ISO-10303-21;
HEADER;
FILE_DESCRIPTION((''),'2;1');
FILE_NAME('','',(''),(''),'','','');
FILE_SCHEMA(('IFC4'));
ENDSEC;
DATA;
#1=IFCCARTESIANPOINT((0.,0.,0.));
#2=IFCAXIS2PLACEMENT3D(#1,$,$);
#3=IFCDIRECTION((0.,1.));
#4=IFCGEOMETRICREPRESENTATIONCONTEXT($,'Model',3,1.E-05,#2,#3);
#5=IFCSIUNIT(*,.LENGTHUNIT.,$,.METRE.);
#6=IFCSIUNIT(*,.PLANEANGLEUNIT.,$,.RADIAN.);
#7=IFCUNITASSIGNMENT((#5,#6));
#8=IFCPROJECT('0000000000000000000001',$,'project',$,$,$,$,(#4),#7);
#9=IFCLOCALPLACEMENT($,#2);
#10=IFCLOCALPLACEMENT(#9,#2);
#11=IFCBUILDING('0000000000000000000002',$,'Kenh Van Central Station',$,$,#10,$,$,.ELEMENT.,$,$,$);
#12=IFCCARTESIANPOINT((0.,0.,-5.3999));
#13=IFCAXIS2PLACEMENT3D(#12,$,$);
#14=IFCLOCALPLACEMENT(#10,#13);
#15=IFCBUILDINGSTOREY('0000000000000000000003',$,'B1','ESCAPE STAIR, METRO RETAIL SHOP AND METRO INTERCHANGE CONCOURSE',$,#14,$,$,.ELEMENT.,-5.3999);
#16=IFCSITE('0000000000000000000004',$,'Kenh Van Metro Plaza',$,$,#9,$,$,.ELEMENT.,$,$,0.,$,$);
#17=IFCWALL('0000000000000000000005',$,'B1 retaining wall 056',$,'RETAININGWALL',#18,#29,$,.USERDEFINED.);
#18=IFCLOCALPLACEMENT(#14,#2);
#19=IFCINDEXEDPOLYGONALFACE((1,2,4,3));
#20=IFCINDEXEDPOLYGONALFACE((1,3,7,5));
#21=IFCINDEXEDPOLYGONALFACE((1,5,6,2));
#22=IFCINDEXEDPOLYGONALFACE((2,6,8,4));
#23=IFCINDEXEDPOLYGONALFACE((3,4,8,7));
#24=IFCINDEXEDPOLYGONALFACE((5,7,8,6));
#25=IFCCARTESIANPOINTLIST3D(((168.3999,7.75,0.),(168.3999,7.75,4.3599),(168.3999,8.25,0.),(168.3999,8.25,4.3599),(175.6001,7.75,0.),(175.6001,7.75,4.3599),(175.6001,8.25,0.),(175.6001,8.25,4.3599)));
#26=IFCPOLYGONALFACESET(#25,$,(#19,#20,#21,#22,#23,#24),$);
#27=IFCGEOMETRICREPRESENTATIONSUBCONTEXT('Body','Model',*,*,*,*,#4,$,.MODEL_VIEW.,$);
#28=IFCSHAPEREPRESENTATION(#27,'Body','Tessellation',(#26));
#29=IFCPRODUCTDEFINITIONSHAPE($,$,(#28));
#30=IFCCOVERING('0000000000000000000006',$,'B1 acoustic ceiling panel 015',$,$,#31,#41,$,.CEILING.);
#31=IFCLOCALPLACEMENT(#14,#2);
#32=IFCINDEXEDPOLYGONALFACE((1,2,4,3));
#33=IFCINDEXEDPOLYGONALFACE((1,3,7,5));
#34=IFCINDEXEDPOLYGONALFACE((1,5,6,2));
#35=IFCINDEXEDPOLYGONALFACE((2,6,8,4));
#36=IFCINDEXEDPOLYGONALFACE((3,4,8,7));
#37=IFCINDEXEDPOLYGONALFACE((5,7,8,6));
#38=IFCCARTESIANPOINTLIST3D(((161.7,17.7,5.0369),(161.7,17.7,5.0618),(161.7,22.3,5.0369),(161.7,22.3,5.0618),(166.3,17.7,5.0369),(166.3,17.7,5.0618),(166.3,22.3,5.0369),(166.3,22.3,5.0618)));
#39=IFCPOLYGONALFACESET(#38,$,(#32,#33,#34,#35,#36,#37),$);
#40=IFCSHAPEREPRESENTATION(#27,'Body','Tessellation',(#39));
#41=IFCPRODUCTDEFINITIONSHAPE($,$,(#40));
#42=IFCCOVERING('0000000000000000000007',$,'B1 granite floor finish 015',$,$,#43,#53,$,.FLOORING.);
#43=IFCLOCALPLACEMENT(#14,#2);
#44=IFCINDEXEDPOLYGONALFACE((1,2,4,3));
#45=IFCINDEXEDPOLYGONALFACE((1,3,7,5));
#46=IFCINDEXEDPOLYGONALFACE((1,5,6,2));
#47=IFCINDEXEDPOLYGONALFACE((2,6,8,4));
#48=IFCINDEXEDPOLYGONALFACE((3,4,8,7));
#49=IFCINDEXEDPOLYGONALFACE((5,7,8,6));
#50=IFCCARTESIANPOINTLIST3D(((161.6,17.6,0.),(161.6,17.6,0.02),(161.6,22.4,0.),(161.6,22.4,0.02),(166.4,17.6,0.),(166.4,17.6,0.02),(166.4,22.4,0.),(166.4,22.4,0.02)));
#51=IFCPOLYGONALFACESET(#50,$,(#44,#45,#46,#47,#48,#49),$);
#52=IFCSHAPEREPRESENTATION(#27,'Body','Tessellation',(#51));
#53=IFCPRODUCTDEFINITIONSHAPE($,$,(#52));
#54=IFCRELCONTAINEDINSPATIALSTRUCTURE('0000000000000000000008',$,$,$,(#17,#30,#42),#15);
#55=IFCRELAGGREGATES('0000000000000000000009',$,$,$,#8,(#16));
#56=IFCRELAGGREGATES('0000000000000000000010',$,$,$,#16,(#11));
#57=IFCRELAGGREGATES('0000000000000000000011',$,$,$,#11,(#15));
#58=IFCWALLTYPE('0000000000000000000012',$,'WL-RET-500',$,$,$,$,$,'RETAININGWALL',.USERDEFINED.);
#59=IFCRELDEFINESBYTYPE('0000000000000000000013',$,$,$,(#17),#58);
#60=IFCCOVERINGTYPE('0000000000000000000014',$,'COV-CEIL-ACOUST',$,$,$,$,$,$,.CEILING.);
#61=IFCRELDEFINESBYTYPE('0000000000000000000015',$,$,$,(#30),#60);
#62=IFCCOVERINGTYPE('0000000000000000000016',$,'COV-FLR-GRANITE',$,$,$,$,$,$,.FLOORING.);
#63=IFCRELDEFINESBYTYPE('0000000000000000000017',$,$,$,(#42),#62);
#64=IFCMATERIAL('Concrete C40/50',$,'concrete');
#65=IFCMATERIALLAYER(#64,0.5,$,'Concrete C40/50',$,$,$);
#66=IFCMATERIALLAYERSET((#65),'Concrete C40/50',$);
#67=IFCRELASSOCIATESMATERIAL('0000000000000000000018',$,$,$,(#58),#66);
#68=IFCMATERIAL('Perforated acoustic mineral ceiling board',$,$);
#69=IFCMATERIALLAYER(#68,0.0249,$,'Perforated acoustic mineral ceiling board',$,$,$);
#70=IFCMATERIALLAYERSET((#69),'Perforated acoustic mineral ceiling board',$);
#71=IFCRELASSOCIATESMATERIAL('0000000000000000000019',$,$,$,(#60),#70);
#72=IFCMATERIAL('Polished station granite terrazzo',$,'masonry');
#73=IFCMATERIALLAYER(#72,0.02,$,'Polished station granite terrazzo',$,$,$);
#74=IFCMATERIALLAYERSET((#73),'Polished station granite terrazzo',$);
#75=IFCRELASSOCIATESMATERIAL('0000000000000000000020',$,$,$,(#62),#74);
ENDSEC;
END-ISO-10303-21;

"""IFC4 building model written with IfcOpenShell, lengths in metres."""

from ifc_helpers import new_model, si_unit, direction, frame, frame_2d, origin, origin_2d, place, context, subcontext, project, spatial, rectangle, extrude, material, layer, layer_set, type_object, element, save


model = new_model("IFC4")

# Units and contexts
model_context = context("Model", 3, precision=1e-05, world=origin(), true_north=direction((0.0, 1.0)))
body_context = subcontext(model_context, "Body", "Model", "MODEL_VIEW")
ifc_project = project(units=[si_unit("LENGTHUNIT", "METRE"), si_unit("PLANEANGLEUNIT", "RADIAN")], contexts=[model_context])

# Site, building, storey
site_placement = place(None, origin())
site = spatial("IfcSite", under=ifc_project, at=site_placement, Name="Kenh Van Metro Plaza", CompositionType="ELEMENT", RefElevation=0.0)
building_placement = place(site_placement, origin())
building = spatial("IfcBuilding", under=site, at=building_placement, Name="Kenh Van Central Station", CompositionType="ELEMENT")
storey_placement = place(building_placement, frame((0.0, 0.0, -5.3999)))
storey = spatial("IfcBuildingStorey", under=building, at=storey_placement, Name="B1", Description="ESCAPE STAIR, METRO RETAIL SHOP AND METRO INTERCHANGE CONCOURSE", CompositionType="ELEMENT", Elevation=-5.3999)

# Shared definitions
ifc_material_1 = material(Name="Concrete C40/50", Category="concrete")

# Wall
ifc_layer_1 = layer(ifc_material_1, 0.5, Name="Concrete C40/50")
ifc_layer_set_1 = layer_set([ifc_layer_1], Name="Concrete C40/50")
wall_type_1 = type_object("IfcWallType", Name="WL-RET-500", ElementType="RETAININGWALL", PredefinedType="USERDEFINED", material=ifc_layer_set_1)
wall_1_placement = place(storey_placement, frame((168.3999, 8.0, 0.0), z_axis=(0.0, 0.0, 1.0), x_axis=(1.0, 0.0, 0.0)))
element("IfcWall", 1, at=wall_1_placement, inside=storey, type_object=wall_type_1, Name="B1 retaining wall 056", ObjectType="RETAININGWALL", PredefinedType="USERDEFINED", context=body_context, shape_type="SweptSolid", body=[
    extrude(rectangle(XDim=7.2002, YDim=0.5, at=frame_2d((3.6001, 0.0))), origin(), (0.0, 0.0, 1.0), 4.3599),
])

# Coverings
ifc_material_2 = material(Name="Perforated acoustic mineral ceiling board")
ifc_layer_2 = layer(ifc_material_2, 0.0249, Name="Perforated acoustic mineral ceiling board")
ifc_layer_set_2 = layer_set([ifc_layer_2], Name="Perforated acoustic mineral ceiling board")
covering_type_1 = type_object("IfcCoveringType", Name="COV-CEIL-ACOUST", PredefinedType="CEILING", material=ifc_layer_set_2)
covering_1_placement = place(storey_placement, frame((164.0, 20.0, 5.0369), z_axis=(0.0, 0.0, 1.0), x_axis=(1.0, 0.0, 0.0)))
element("IfcCovering", 2, at=covering_1_placement, inside=storey, type_object=covering_type_1, Name="B1 acoustic ceiling panel 015", PredefinedType="CEILING", context=body_context, shape_type="SweptSolid", body=[
    extrude(rectangle(XDim=4.6001, YDim=4.6001, at=origin_2d()), origin(), (0.0, 0.0, 1.0), 0.0249),
])
ifc_material_3 = material(Name="Polished station granite terrazzo", Category="masonry")
ifc_layer_3 = layer(ifc_material_3, 0.02, Name="Polished station granite terrazzo")
ifc_layer_set_3 = layer_set([ifc_layer_3], Name="Polished station granite terrazzo")
covering_type_2 = type_object("IfcCoveringType", Name="COV-FLR-GRANITE", PredefinedType="FLOORING", material=ifc_layer_set_3)
covering_2_placement = place(storey_placement, frame((164.0, 20.0, 0.0), z_axis=(0.0, 0.0, 1.0), x_axis=(1.0, 0.0, 0.0)))
element("IfcCovering", 3, at=covering_2_placement, inside=storey, type_object=covering_type_2, Name="B1 granite floor finish 015", PredefinedType="FLOORING", context=body_context, shape_type="SweptSolid", body=[
    extrude(rectangle(XDim=4.8, YDim=4.8, at=origin_2d()), origin(), (0.0, 0.0, 1.0), 0.02),
])

save(model, "model.ifc")
